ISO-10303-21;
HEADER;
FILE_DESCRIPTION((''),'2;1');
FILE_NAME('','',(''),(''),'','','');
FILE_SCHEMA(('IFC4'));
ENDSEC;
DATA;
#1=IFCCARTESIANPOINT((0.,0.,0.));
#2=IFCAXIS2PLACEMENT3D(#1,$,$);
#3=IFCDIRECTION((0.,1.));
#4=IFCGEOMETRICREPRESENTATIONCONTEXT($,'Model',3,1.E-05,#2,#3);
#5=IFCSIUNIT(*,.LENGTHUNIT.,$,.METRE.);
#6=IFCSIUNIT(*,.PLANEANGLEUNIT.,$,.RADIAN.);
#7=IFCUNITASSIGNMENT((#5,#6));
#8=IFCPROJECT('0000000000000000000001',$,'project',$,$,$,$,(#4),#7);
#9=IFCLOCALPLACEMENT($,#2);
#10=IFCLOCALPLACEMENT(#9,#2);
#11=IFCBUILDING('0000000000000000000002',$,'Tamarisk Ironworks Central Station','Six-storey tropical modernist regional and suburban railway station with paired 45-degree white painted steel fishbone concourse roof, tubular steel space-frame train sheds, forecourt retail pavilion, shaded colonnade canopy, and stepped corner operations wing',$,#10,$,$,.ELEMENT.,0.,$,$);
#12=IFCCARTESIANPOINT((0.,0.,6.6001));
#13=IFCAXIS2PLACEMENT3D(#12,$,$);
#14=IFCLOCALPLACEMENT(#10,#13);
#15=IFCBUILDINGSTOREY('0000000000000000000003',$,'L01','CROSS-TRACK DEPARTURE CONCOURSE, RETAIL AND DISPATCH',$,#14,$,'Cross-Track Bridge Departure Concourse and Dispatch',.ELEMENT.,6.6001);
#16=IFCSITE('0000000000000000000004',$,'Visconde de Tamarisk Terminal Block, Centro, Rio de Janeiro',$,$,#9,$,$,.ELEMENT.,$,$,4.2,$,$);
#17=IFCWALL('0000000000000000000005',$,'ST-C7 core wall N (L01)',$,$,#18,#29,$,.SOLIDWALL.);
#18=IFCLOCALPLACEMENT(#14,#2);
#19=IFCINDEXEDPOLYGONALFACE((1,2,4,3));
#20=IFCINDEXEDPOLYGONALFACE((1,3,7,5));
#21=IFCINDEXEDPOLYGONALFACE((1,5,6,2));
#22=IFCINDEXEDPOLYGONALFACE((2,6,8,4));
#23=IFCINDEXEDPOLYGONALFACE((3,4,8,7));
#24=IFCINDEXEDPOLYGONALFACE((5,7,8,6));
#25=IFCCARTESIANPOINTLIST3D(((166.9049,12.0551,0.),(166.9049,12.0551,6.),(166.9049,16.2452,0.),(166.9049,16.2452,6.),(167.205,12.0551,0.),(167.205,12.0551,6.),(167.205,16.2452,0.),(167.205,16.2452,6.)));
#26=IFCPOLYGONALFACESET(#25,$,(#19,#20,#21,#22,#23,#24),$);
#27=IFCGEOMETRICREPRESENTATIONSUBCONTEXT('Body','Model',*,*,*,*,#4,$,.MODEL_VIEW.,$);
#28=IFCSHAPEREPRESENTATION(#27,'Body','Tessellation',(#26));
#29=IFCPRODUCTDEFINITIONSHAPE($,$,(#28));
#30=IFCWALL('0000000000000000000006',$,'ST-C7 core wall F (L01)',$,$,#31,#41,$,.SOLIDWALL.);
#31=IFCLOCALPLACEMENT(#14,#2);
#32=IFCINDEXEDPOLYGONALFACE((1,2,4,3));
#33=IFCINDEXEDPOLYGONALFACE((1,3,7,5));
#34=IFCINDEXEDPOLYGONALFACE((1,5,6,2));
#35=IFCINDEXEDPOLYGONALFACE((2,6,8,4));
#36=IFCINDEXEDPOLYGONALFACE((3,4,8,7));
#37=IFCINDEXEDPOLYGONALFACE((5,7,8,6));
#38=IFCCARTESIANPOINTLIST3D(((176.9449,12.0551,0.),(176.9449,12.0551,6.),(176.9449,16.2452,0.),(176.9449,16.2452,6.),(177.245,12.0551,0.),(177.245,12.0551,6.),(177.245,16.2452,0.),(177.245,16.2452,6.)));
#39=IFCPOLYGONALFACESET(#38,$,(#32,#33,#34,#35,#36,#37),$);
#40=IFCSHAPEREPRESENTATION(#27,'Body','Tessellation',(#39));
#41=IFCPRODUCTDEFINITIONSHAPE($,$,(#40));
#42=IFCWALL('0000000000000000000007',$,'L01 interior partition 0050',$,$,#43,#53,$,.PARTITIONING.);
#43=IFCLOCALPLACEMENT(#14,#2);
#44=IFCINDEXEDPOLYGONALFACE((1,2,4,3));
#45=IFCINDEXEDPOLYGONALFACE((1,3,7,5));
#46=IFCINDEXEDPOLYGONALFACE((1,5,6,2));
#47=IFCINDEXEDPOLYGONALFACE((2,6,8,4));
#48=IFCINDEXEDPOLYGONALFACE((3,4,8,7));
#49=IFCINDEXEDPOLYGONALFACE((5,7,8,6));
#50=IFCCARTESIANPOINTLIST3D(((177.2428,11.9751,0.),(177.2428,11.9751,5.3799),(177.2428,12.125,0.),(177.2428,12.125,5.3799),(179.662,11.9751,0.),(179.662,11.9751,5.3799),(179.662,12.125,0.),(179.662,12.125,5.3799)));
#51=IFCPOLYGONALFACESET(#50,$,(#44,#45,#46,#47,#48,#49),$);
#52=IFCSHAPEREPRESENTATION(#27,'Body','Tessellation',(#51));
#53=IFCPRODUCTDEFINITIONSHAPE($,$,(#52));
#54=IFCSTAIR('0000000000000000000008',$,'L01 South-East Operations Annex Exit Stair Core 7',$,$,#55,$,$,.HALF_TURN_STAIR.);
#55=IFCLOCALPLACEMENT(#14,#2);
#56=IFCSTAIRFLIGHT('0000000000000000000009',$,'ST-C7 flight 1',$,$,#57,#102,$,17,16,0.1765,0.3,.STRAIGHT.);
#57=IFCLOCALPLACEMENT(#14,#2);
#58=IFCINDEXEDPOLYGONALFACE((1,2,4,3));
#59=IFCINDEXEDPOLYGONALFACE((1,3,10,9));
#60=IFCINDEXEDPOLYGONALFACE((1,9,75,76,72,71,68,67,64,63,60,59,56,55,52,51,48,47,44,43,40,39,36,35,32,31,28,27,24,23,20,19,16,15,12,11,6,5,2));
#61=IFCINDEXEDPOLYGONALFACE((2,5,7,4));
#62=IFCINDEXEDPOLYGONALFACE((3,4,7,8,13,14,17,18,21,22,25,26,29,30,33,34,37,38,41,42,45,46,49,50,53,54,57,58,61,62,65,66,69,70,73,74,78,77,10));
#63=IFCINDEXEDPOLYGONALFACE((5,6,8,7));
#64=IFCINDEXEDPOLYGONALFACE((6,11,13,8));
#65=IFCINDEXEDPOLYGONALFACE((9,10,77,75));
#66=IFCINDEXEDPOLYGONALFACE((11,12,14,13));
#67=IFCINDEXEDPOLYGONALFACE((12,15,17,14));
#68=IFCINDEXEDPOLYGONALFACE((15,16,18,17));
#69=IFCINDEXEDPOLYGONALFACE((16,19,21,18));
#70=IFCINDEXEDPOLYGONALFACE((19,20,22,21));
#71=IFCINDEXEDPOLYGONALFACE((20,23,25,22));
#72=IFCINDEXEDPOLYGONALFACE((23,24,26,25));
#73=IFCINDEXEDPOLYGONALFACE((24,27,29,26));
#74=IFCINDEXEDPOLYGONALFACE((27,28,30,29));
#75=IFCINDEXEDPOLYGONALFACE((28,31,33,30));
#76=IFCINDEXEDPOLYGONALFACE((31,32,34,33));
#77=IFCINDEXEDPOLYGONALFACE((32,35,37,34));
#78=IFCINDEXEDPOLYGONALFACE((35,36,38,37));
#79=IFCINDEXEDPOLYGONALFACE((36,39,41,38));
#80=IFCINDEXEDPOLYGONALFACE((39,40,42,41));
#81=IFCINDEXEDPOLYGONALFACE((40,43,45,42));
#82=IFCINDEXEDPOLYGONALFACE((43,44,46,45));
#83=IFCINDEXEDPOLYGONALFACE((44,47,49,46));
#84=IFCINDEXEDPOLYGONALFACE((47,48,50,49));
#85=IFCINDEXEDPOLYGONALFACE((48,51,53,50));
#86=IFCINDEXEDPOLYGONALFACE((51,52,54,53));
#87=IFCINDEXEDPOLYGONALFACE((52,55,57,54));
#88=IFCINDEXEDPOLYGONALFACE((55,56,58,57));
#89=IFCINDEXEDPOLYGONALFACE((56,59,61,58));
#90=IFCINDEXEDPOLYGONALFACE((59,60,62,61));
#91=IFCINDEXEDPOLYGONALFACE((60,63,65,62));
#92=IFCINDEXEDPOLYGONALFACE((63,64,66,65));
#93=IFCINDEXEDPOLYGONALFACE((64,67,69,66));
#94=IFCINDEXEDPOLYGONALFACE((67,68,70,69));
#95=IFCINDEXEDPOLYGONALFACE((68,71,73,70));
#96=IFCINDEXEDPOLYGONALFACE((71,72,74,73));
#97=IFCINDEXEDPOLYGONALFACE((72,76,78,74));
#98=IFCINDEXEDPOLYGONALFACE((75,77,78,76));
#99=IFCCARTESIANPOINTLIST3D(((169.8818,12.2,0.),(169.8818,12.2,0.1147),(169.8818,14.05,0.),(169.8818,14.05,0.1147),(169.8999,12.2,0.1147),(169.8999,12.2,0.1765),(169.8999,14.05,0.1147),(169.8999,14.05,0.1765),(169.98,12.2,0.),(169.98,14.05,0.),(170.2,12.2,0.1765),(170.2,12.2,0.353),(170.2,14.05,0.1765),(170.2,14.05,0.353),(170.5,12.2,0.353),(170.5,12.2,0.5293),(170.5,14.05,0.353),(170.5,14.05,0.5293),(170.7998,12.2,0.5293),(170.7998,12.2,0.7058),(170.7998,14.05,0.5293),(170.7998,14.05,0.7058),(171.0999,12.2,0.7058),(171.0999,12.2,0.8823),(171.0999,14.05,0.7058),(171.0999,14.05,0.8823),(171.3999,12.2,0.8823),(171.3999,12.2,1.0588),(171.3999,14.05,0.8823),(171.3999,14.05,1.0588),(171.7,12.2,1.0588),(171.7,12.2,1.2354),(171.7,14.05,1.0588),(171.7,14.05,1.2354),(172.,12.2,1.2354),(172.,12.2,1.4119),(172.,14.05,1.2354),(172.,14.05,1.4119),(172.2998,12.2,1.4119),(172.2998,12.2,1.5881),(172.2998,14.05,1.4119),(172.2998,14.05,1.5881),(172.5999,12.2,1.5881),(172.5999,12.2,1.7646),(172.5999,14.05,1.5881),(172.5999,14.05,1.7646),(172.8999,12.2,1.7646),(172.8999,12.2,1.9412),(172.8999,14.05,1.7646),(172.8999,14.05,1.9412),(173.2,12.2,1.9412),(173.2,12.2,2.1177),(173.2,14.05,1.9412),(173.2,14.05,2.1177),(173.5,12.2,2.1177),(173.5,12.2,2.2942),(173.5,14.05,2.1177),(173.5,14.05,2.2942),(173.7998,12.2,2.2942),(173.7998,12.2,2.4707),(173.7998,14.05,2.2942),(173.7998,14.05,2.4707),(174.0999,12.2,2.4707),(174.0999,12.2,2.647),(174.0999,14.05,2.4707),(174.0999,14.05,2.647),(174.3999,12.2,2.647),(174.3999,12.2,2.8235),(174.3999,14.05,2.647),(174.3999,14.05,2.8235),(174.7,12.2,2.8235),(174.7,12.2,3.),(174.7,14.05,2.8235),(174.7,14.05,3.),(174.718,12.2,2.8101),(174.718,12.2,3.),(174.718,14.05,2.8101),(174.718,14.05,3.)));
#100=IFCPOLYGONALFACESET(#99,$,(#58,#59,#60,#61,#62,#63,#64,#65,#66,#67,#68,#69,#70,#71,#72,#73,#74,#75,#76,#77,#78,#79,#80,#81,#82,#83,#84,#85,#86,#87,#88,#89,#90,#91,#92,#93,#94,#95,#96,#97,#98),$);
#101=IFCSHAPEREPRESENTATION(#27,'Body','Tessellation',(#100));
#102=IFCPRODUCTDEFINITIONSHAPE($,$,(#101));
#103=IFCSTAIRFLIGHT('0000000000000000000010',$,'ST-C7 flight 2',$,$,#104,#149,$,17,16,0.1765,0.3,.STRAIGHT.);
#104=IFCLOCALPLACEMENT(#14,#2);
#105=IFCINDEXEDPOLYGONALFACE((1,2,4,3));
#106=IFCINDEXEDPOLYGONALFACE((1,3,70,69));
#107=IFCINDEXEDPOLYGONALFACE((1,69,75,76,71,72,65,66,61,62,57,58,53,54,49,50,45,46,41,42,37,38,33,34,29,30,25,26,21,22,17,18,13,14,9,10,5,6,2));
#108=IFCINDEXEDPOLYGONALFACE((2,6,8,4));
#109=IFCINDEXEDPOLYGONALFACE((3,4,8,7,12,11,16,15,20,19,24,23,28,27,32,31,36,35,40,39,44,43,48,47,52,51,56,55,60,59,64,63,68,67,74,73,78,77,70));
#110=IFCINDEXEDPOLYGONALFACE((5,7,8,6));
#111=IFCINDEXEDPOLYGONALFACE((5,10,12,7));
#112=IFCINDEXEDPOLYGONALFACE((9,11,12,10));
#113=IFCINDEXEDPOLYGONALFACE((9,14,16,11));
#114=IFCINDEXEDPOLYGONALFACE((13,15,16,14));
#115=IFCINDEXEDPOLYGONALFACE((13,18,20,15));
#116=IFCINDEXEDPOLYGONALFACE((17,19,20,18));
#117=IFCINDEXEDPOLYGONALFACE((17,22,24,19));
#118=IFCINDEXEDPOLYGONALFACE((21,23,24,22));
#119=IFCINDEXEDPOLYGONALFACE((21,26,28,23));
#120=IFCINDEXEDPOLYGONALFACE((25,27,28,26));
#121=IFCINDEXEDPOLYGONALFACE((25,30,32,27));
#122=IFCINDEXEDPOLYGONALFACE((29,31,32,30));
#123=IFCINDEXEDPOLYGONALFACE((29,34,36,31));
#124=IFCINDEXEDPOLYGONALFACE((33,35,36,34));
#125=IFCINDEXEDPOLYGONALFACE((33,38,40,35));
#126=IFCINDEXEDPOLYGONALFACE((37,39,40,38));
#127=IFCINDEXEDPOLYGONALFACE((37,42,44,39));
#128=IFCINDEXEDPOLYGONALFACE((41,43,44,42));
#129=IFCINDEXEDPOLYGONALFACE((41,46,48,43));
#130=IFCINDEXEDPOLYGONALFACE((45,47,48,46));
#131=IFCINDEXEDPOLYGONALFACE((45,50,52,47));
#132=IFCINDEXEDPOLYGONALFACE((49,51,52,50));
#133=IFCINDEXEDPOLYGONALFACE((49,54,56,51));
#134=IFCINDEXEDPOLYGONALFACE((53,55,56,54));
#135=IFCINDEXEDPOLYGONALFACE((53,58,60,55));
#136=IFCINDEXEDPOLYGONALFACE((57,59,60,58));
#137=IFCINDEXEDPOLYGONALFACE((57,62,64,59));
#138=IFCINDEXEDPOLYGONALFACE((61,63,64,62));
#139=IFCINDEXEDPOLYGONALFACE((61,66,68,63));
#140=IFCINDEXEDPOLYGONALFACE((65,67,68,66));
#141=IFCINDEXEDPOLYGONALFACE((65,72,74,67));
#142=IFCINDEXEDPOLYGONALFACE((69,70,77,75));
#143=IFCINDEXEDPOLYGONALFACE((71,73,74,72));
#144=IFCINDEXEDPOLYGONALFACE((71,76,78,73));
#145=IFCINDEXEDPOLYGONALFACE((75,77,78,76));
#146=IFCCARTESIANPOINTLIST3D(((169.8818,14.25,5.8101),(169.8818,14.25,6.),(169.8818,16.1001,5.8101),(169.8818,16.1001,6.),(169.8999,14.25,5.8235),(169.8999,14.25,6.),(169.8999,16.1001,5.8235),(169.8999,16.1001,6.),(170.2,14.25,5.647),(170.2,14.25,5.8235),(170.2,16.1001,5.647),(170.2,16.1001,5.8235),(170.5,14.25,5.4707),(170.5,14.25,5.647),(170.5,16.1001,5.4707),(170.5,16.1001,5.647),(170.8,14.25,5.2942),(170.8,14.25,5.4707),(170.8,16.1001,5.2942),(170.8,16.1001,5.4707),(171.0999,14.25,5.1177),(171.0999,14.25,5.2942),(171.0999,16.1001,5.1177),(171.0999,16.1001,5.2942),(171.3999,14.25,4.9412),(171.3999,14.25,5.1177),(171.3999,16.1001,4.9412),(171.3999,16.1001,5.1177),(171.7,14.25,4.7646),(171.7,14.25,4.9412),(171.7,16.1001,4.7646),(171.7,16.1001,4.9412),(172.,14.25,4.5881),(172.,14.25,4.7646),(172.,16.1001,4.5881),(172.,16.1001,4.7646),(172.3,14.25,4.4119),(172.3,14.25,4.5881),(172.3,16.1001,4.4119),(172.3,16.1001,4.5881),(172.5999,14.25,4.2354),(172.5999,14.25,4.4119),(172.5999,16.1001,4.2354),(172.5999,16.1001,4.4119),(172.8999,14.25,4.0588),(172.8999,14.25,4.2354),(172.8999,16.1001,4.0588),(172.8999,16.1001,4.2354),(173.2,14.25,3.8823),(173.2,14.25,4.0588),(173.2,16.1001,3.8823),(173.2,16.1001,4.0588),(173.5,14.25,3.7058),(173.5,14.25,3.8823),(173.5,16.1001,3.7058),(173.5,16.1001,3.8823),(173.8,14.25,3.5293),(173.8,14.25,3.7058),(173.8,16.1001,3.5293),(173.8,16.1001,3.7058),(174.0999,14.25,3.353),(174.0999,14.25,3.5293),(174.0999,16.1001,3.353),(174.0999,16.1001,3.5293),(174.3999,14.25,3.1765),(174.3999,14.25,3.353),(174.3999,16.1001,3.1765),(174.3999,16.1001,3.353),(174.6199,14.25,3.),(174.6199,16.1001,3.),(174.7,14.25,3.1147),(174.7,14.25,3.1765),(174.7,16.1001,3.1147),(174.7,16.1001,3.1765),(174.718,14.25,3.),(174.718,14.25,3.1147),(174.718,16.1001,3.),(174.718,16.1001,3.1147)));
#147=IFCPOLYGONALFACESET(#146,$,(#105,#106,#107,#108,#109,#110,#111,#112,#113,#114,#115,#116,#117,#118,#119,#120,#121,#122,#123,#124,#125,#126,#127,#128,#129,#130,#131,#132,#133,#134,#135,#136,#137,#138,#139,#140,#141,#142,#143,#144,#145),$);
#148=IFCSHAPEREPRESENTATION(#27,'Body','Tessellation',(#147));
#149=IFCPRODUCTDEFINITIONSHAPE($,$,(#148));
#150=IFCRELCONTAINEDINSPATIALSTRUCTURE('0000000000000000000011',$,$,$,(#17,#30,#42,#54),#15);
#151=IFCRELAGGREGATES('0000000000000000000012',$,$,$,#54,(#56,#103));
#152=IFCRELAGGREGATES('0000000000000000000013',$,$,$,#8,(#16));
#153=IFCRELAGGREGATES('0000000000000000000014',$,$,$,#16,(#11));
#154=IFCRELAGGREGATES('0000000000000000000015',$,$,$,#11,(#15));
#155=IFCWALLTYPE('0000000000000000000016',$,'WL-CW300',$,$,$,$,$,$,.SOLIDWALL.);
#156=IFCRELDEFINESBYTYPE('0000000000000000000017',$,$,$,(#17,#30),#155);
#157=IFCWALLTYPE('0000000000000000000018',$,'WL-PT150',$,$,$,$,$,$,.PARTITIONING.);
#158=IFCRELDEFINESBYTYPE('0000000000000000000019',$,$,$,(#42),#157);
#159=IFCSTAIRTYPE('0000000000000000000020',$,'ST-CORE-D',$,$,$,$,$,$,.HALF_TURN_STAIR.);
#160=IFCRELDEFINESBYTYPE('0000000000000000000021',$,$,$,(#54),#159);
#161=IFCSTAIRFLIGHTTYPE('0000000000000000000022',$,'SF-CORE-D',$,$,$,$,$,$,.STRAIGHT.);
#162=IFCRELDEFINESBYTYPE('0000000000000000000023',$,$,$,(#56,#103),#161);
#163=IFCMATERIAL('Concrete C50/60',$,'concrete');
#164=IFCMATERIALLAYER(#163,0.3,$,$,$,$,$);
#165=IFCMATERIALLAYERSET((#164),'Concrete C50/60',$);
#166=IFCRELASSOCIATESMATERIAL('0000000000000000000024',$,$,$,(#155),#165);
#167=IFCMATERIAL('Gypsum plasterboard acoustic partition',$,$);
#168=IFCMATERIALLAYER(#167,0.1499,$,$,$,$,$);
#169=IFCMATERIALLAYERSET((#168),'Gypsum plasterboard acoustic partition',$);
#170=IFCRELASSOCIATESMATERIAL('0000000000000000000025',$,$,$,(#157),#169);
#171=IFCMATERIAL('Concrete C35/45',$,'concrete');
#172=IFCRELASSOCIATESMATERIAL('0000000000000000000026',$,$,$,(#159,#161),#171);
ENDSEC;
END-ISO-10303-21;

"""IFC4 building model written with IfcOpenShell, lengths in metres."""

from ifc_helpers import new_model, si_unit, direction, frame, frame_2d, origin, place, context, subcontext, project, spatial, polyline, rectangle, outline, extrude, material, layer, layer_set, type_object, element, aggregate, save


model = new_model("IFC4")

# Units and contexts
model_context = context("Model", 3, precision=1e-05, world=origin(), true_north=direction((0.0, 1.0)))
body_context = subcontext(model_context, "Body", "Model", "MODEL_VIEW")
ifc_project = project(units=[si_unit("LENGTHUNIT", "METRE"), si_unit("PLANEANGLEUNIT", "RADIAN")], contexts=[model_context])

# Site, building, storey
site_placement = place(None, origin())
site = spatial("IfcSite", under=ifc_project, at=site_placement, Name="Visconde de Tamarisk Terminal Block, Centro, Rio de Janeiro", CompositionType="ELEMENT", RefElevation=4.2)
building_placement = place(site_placement, origin())
building = spatial("IfcBuilding", under=site, at=building_placement, Name="Tamarisk Ironworks Central Station", Description="Six-storey tropical modernist regional and suburban railway station with paired 45-degree white painted steel fishbone concourse roof, tubular steel space-frame train sheds, forecourt retail pavilion, shaded colonnade canopy, and stepped corner operations wing", CompositionType="ELEMENT", ElevationOfRefHeight=0.0)
storey_placement = place(building_placement, frame((0.0, 0.0, 6.6001)))
storey = spatial("IfcBuildingStorey", under=building, at=storey_placement, Name="L01", Description="CROSS-TRACK DEPARTURE CONCOURSE, RETAIL AND DISPATCH", LongName="Cross-Track Bridge Departure Concourse and Dispatch", CompositionType="ELEMENT", Elevation=6.6001)

# Shared definitions
ifc_material_1 = material(Name="Concrete C50/60", Category="concrete")
ifc_layer_1 = layer(ifc_material_1, 0.3)
ifc_layer_set_1 = layer_set([ifc_layer_1], Name="Concrete C50/60")
wall_type_1 = type_object("IfcWallType", Name="WL-CW300", PredefinedType="SOLIDWALL", material=ifc_layer_set_1)

# Walls
for number, where, z_axis, x_axis, name in (
    (1, (167.0549, 12.0549, 0.0), (0.0, 0.0, 1.0), (0.0, 1.0, 0.0), "ST-C7 core wall N (L01)"),
    (2, (177.095, 12.0549, 0.0), (0.0, 0.0, 1.0), (0.0, 1.0, 0.0), "ST-C7 core wall F (L01)"),
):
    element("IfcWall", number, at=place(storey_placement, frame(where, z_axis=z_axis, x_axis=x_axis)), inside=storey, type_object=wall_type_1, Name=name, PredefinedType="SOLIDWALL", context=body_context, shape_type="SweptSolid", body=[
        extrude(rectangle(XDim=4.1902, YDim=0.3, at=frame_2d((2.0952, 0.0))), origin(), (0.0, 0.0, 1.0), 6.0),
    ])
ifc_material_2 = material(Name="Gypsum plasterboard acoustic partition")
ifc_layer_2 = layer(ifc_material_2, 0.1499)
ifc_layer_set_2 = layer_set([ifc_layer_2], Name="Gypsum plasterboard acoustic partition")
wall_type_2 = type_object("IfcWallType", Name="WL-PT150", PredefinedType="PARTITIONING", material=ifc_layer_set_2)
wall_1_placement = place(storey_placement, frame((177.2429, 12.05, 0.0), z_axis=(0.0, 0.0, 1.0), x_axis=(1.0, 0.0, 0.0)))
element("IfcWall", 3, at=wall_1_placement, inside=storey, type_object=wall_type_2, Name="L01 interior partition 0050", PredefinedType="PARTITIONING", context=body_context, shape_type="SweptSolid", body=[
    extrude(rectangle(XDim=2.4192, YDim=0.1499, at=frame_2d((1.2095, 0.0))), origin(), (0.0, 0.0, 1.0), 5.3799),
])

# Stair, stair flights
ifc_material_3 = material(Name="Concrete C35/45", Category="concrete")
stair_type = type_object("IfcStairType", Name="ST-CORE-D", PredefinedType="HALF_TURN_STAIR", material=ifc_material_3)
stair_placement = place(storey_placement, origin())
stair = element("IfcStair", 4, at=stair_placement, inside=storey, type_object=stair_type, Name="L01 South-East Operations Annex Exit Stair Core 7", PredefinedType="HALF_TURN_STAIR")
stair_flight_type = type_object("IfcStairFlightType", Name="SF-CORE-D", PredefinedType="STRAIGHT", material=ifc_material_3)
stair_flight_1_placement = place(storey_placement, frame((169.8999, 13.125, 0.0), z_axis=(0.0, 0.0, 1.0), x_axis=(1.0, 0.0, 0.0)))
stair_flight_1 = element("IfcStairFlight", 5, at=stair_flight_1_placement, type_object=stair_flight_type, Name="ST-C7 flight 1", NumberOfRisers=17, NumberOfTreads=16, PredefinedType="STRAIGHT", RiserHeight=0.1765, TreadLength=0.3, context=body_context, shape_type="SweptSolid", body=[
    extrude(outline(polyline([(-0.0181, 0.0), (-0.0181, 0.1147), (0.0, 0.1147), (0.0, 0.1765), (0.3, 0.1765), (0.3, 0.353), (0.6001, 0.353), (0.6001, 0.5293), (0.8999, 0.5293), (0.8999, 0.7058), (1.2, 0.7058), (1.2, 0.8823), (1.5, 0.8823), (1.5, 1.0588), (1.8, 1.0588), (1.8, 1.2354), (2.1001, 1.2354), (2.1001, 1.4119), (2.3999, 1.4119), (2.3999, 1.5881), (2.7, 1.5881), (2.7, 1.7646), (3.0, 1.7646), (3.0, 1.9412), (3.3, 1.9412), (3.3, 2.1177), (3.6001, 2.1177), (3.6001, 2.2942), (3.8999, 2.2942), (3.8999, 2.4707), (4.2, 2.4707), (4.2, 2.647), (4.5, 2.647), (4.5, 2.8235), (4.8, 2.8235), (4.8, 3.0), (4.8181, 3.0), (4.8181, 2.8101), (0.0801, 0.0), (-0.0181, 0.0)])), frame((0.0, 0.925, 0.0), z_axis=(0.0, -1.0, 0.0), x_axis=(1.0, 0.0, 0.0)), (0.0, 0.0, 1.0), 1.8501),
])
stair_flight_2_placement = place(storey_placement, frame((174.7, 15.175, 3.0), z_axis=(0.0, 0.0, 1.0), x_axis=(-1.0, 0.0, 0.0)))
stair_flight_2 = element("IfcStairFlight", 6, at=stair_flight_2_placement, type_object=stair_flight_type, Name="ST-C7 flight 2", NumberOfRisers=17, NumberOfTreads=16, PredefinedType="STRAIGHT", RiserHeight=0.1765, TreadLength=0.3, context=body_context, shape_type="SweptSolid", body=[
    extrude(outline(polyline([(-0.0181, 0.0), (-0.0181, 0.1147), (0.0, 0.1147), (0.0, 0.1765), (0.3, 0.1765), (0.3, 0.353), (0.6001, 0.353), (0.6001, 0.5293), (0.8999, 0.5293), (0.8999, 0.7058), (1.2, 0.7058), (1.2, 0.8823), (1.5, 0.8823), (1.5, 1.0588), (1.8, 1.0588), (1.8, 1.2354), (2.1001, 1.2354), (2.1001, 1.4119), (2.3999, 1.4119), (2.3999, 1.5881), (2.7, 1.5881), (2.7, 1.7646), (3.0, 1.7646), (3.0, 1.9412), (3.3, 1.9412), (3.3, 2.1177), (3.6001, 2.1177), (3.6001, 2.2942), (3.8999, 2.2942), (3.8999, 2.4707), (4.2, 2.4707), (4.2, 2.647), (4.5, 2.647), (4.5, 2.8235), (4.8, 2.8235), (4.8, 3.0), (4.8181, 3.0), (4.8181, 2.8101), (0.0801, 0.0), (-0.0181, 0.0)])), frame((0.0, 0.925, 0.0), z_axis=(0.0, -1.0, 0.0), x_axis=(1.0, 0.0, 0.0)), (0.0, 0.0, 1.0), 1.8501),
])
aggregate(stair, [stair_flight_1, stair_flight_2])

save(model, "model.ifc")
